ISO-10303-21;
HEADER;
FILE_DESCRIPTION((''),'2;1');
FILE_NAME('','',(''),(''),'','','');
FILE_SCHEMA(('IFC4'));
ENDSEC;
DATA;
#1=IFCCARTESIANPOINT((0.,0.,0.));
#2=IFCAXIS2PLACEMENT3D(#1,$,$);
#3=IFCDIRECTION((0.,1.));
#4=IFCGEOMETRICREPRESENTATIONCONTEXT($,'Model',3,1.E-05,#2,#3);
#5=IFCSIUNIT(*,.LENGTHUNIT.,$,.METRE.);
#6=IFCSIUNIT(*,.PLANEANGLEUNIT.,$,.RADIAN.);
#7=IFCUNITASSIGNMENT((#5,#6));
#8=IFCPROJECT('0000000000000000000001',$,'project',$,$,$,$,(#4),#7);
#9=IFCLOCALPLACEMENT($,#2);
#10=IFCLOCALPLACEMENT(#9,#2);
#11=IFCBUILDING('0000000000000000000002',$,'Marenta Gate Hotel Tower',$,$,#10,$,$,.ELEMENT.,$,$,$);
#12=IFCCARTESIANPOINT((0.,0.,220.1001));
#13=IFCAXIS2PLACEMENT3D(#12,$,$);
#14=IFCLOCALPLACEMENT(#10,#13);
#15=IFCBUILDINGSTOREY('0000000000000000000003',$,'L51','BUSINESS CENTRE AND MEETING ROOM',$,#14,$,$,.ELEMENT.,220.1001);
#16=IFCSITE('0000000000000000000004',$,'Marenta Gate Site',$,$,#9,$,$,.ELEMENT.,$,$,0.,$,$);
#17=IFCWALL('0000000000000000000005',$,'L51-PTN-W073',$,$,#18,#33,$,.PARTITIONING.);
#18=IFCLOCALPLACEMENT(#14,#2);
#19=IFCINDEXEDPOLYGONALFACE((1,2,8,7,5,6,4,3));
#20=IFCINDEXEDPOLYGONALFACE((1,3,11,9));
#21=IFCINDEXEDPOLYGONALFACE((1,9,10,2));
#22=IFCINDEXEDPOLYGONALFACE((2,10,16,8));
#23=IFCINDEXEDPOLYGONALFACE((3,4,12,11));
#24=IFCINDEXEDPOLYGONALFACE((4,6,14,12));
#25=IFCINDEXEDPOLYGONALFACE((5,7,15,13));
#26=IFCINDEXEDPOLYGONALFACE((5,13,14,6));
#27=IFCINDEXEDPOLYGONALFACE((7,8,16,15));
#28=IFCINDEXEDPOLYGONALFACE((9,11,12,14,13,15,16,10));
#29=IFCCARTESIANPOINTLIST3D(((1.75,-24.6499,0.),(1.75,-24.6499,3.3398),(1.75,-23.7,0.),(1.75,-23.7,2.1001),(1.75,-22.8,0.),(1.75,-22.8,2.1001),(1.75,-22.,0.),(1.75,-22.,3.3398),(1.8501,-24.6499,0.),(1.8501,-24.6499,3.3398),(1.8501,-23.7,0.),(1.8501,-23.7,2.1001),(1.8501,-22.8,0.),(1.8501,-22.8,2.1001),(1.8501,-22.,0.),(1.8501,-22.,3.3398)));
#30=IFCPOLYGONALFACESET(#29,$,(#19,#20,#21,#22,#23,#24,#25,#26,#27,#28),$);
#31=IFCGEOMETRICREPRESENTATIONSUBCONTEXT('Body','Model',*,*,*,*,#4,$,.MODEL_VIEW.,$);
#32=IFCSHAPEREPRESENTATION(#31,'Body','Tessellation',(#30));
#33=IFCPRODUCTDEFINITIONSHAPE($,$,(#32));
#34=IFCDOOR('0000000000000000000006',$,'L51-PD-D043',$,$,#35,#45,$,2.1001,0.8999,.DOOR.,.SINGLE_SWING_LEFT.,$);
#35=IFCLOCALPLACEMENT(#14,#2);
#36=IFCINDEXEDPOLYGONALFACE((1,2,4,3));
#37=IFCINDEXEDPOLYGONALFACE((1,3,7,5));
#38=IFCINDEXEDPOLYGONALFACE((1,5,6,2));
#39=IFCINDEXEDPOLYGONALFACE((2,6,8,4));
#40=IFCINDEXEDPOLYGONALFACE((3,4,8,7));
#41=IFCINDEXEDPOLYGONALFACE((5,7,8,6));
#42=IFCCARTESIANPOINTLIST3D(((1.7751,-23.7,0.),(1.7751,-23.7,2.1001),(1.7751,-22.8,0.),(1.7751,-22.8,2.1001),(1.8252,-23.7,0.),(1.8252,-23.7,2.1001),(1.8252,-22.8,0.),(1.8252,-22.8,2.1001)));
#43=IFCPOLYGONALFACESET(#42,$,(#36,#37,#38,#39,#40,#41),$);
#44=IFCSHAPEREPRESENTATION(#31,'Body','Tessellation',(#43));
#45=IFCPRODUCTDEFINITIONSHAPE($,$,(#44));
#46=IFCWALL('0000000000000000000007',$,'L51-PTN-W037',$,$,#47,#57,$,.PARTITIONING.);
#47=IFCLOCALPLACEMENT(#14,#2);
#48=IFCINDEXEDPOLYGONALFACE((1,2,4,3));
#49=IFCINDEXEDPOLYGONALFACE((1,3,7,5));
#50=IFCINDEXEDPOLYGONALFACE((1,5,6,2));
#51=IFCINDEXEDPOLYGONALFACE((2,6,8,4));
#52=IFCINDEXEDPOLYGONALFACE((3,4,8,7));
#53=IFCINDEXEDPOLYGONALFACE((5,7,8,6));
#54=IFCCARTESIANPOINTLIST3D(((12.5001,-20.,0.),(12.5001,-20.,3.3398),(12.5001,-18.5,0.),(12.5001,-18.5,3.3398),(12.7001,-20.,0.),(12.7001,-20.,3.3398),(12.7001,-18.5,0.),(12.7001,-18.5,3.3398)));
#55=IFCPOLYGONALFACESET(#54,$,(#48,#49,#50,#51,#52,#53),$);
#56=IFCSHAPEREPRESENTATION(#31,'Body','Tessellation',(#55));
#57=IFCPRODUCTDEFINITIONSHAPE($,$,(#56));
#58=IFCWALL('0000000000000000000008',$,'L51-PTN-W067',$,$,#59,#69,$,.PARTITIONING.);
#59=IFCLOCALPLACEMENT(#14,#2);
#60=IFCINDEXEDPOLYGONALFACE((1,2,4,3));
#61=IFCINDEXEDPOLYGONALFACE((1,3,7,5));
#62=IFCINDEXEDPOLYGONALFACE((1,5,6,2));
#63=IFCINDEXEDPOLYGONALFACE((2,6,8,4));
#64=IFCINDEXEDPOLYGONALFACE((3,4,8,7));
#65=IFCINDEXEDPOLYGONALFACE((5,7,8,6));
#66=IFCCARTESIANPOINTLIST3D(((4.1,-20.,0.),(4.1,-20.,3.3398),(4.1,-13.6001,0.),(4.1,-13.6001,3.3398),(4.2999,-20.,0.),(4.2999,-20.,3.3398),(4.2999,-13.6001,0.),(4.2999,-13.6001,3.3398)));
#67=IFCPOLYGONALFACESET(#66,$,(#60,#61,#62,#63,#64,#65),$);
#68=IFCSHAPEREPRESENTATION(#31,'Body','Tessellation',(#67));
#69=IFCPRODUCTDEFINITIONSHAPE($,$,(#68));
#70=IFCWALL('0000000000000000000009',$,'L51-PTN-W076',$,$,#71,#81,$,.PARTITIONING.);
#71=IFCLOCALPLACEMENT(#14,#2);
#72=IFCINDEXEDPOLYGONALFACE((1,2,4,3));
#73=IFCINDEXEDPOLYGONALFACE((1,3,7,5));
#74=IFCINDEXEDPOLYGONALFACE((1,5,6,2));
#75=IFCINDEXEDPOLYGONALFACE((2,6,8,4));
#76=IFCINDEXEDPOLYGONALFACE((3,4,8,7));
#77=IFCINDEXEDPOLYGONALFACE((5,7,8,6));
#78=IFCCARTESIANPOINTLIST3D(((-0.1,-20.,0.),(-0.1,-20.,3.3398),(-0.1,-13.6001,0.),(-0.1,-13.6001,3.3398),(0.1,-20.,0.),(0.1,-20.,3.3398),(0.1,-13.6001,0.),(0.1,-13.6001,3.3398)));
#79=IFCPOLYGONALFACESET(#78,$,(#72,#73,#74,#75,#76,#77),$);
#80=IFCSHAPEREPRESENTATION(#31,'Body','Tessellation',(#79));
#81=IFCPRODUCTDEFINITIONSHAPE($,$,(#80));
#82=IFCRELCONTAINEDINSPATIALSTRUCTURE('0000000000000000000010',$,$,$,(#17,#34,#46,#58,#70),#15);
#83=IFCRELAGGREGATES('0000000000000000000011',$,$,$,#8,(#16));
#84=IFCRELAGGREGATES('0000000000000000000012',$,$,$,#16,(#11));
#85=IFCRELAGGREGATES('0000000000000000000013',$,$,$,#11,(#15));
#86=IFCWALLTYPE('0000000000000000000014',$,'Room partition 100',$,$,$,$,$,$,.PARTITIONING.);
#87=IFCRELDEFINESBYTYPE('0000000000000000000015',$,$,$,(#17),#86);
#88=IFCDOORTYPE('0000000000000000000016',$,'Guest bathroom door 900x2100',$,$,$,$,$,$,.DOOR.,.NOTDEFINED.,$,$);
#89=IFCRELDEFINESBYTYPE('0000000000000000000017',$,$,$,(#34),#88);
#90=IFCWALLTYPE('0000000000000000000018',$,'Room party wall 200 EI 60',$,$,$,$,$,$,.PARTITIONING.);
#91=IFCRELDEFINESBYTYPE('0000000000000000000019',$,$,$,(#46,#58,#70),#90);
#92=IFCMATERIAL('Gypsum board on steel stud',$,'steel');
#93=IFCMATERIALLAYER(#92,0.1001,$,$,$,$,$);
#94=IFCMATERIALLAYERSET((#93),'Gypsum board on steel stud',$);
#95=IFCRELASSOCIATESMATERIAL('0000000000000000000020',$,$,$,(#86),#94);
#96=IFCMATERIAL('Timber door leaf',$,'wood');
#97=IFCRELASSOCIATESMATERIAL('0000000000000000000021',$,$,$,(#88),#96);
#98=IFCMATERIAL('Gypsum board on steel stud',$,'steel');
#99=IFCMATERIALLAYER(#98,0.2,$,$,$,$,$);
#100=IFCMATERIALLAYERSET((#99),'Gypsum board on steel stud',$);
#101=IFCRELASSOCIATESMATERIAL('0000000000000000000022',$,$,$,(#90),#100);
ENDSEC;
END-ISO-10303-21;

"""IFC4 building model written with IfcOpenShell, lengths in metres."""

from ifc_helpers import new_model, si_unit, direction, frame, frame_2d, origin, place, context, subcontext, project, spatial, rectangle, extrude, material, layer, layer_set, type_object, element, fill, save


model = new_model("IFC4")

# Units and contexts
model_context = context("Model", 3, precision=1e-05, world=origin(), true_north=direction((0.0, 1.0)))
body_context = subcontext(model_context, "Body", "Model", "MODEL_VIEW")
ifc_project = project(units=[si_unit("LENGTHUNIT", "METRE"), si_unit("PLANEANGLEUNIT", "RADIAN")], contexts=[model_context])

# Site, building, storey
site_placement = place(None, origin())
site = spatial("IfcSite", under=ifc_project, at=site_placement, Name="Marenta Gate Site", CompositionType="ELEMENT", RefElevation=0.0)
building_placement = place(site_placement, origin())
building = spatial("IfcBuilding", under=site, at=building_placement, Name="Marenta Gate Hotel Tower", CompositionType="ELEMENT")
storey_placement = place(building_placement, frame((0.0, 0.0, 220.1001)))
storey = spatial("IfcBuildingStorey", under=building, at=storey_placement, Name="L51", Description="BUSINESS CENTRE AND MEETING ROOM", CompositionType="ELEMENT", Elevation=220.1001)

# Shared definitions
ifc_material_1 = material(Name="Gypsum board on steel stud", Category="steel")
ifc_layer_1 = layer(ifc_material_1, 0.1001)
ifc_layer_set_1 = layer_set([ifc_layer_1], Name="Gypsum board on steel stud")
wall_type_1 = type_object("IfcWallType", Name="Room partition 100", PredefinedType="PARTITIONING", material=ifc_layer_set_1)

# Shared definitions
ifc_material_2 = material(Name="Timber door leaf", Category="wood")
door_type_1 = type_object("IfcDoorType", Name="Guest bathroom door 900x2100", OperationType="NOTDEFINED", PredefinedType="DOOR", material=ifc_material_2)

# Wall, opening, door
wall_1_placement = place(storey_placement, frame((1.8, -24.6499, 0.0), z_axis=(0.0, 0.0, 1.0), x_axis=(0.0, 1.0, 0.0)))
wall_1 = element("IfcWall", 1, at=wall_1_placement, inside=storey, type_object=wall_type_1, Name="L51-PTN-W073", PredefinedType="PARTITIONING", context=body_context, shape_type="SweptSolid", body=[
    extrude(rectangle(XDim=2.6499, YDim=0.1001, at=frame_2d((1.325, 0.0))), origin(), (0.0, 0.0, 1.0), 3.3398),
])
opening_1_placement = place(wall_1_placement, frame((0.95, 0.0, 0.0)))
opening_1 = element("IfcOpeningElement", 2, at=opening_1_placement, cuts=wall_1, PredefinedType="OPENING", context=body_context, shape_type="SweptSolid", body=[
    extrude(rectangle(XDim=0.8999, YDim=2.1001, at=frame_2d((0.45, 1.05))), frame((0.0, 0.05, 0.0), z_axis=(0.0, -1.0, 0.0), x_axis=(1.0, 0.0, 0.0)), (0.0, 0.0, 1.0), 0.1001),
])
door_1_placement = place(opening_1_placement, origin())
door_1 = element("IfcDoor", 3, at=door_1_placement, inside=storey, type_object=door_type_1, Name="L51-PD-D043", OperationType="SINGLE_SWING_LEFT", OverallHeight=2.1001, OverallWidth=0.8999, PredefinedType="DOOR", context=body_context, shape_type="SweptSolid", body=[
    extrude(rectangle(XDim=0.8999, YDim=2.1001, at=frame_2d((0.45, 1.05))), frame((0.0, 0.0249, 0.0), z_axis=(0.0, -1.0, 0.0), x_axis=(1.0, 0.0, 0.0)), (0.0, 0.0, 1.0), 0.05),
])
fill(opening_1, door_1)

# Walls
ifc_material_3 = material(Name="Gypsum board on steel stud", Category="steel")
ifc_layer_2 = layer(ifc_material_3, 0.2)
ifc_layer_set_2 = layer_set([ifc_layer_2], Name="Gypsum board on steel stud")
wall_type_2 = type_object("IfcWallType", Name="Room party wall 200 EI 60", PredefinedType="PARTITIONING", material=ifc_layer_set_2)
wall_2_placement = place(storey_placement, frame((12.6001, -20.0, 0.0), z_axis=(0.0, 0.0, 1.0), x_axis=(0.0, 1.0, 0.0)))
element("IfcWall", 4, at=wall_2_placement, inside=storey, type_object=wall_type_2, Name="L51-PTN-W037", PredefinedType="PARTITIONING", context=body_context, shape_type="SweptSolid", body=[
    extrude(rectangle(XDim=1.5, YDim=0.2, at=frame_2d((0.75, 0.0))), origin(), (0.0, 0.0, 1.0), 3.3398),
])
for number, where, z_axis, x_axis, name in (
    (5, (4.2, -20.0, 0.0), (0.0, 0.0, 1.0), (0.0, 1.0, 0.0), "L51-PTN-W067"),
    (6, (0.0, -20.0, 0.0), (0.0, 0.0, 1.0), (0.0, 1.0, 0.0), "L51-PTN-W076"),
):
    element("IfcWall", number, at=place(storey_placement, frame(where, z_axis=z_axis, x_axis=x_axis)), inside=storey, type_object=wall_type_2, Name=name, PredefinedType="PARTITIONING", context=body_context, shape_type="SweptSolid", body=[
        extrude(rectangle(XDim=6.3999, YDim=0.2, at=frame_2d((3.2, 0.0))), origin(), (0.0, 0.0, 1.0), 3.3398),
    ])

save(model, "model.ifc")
